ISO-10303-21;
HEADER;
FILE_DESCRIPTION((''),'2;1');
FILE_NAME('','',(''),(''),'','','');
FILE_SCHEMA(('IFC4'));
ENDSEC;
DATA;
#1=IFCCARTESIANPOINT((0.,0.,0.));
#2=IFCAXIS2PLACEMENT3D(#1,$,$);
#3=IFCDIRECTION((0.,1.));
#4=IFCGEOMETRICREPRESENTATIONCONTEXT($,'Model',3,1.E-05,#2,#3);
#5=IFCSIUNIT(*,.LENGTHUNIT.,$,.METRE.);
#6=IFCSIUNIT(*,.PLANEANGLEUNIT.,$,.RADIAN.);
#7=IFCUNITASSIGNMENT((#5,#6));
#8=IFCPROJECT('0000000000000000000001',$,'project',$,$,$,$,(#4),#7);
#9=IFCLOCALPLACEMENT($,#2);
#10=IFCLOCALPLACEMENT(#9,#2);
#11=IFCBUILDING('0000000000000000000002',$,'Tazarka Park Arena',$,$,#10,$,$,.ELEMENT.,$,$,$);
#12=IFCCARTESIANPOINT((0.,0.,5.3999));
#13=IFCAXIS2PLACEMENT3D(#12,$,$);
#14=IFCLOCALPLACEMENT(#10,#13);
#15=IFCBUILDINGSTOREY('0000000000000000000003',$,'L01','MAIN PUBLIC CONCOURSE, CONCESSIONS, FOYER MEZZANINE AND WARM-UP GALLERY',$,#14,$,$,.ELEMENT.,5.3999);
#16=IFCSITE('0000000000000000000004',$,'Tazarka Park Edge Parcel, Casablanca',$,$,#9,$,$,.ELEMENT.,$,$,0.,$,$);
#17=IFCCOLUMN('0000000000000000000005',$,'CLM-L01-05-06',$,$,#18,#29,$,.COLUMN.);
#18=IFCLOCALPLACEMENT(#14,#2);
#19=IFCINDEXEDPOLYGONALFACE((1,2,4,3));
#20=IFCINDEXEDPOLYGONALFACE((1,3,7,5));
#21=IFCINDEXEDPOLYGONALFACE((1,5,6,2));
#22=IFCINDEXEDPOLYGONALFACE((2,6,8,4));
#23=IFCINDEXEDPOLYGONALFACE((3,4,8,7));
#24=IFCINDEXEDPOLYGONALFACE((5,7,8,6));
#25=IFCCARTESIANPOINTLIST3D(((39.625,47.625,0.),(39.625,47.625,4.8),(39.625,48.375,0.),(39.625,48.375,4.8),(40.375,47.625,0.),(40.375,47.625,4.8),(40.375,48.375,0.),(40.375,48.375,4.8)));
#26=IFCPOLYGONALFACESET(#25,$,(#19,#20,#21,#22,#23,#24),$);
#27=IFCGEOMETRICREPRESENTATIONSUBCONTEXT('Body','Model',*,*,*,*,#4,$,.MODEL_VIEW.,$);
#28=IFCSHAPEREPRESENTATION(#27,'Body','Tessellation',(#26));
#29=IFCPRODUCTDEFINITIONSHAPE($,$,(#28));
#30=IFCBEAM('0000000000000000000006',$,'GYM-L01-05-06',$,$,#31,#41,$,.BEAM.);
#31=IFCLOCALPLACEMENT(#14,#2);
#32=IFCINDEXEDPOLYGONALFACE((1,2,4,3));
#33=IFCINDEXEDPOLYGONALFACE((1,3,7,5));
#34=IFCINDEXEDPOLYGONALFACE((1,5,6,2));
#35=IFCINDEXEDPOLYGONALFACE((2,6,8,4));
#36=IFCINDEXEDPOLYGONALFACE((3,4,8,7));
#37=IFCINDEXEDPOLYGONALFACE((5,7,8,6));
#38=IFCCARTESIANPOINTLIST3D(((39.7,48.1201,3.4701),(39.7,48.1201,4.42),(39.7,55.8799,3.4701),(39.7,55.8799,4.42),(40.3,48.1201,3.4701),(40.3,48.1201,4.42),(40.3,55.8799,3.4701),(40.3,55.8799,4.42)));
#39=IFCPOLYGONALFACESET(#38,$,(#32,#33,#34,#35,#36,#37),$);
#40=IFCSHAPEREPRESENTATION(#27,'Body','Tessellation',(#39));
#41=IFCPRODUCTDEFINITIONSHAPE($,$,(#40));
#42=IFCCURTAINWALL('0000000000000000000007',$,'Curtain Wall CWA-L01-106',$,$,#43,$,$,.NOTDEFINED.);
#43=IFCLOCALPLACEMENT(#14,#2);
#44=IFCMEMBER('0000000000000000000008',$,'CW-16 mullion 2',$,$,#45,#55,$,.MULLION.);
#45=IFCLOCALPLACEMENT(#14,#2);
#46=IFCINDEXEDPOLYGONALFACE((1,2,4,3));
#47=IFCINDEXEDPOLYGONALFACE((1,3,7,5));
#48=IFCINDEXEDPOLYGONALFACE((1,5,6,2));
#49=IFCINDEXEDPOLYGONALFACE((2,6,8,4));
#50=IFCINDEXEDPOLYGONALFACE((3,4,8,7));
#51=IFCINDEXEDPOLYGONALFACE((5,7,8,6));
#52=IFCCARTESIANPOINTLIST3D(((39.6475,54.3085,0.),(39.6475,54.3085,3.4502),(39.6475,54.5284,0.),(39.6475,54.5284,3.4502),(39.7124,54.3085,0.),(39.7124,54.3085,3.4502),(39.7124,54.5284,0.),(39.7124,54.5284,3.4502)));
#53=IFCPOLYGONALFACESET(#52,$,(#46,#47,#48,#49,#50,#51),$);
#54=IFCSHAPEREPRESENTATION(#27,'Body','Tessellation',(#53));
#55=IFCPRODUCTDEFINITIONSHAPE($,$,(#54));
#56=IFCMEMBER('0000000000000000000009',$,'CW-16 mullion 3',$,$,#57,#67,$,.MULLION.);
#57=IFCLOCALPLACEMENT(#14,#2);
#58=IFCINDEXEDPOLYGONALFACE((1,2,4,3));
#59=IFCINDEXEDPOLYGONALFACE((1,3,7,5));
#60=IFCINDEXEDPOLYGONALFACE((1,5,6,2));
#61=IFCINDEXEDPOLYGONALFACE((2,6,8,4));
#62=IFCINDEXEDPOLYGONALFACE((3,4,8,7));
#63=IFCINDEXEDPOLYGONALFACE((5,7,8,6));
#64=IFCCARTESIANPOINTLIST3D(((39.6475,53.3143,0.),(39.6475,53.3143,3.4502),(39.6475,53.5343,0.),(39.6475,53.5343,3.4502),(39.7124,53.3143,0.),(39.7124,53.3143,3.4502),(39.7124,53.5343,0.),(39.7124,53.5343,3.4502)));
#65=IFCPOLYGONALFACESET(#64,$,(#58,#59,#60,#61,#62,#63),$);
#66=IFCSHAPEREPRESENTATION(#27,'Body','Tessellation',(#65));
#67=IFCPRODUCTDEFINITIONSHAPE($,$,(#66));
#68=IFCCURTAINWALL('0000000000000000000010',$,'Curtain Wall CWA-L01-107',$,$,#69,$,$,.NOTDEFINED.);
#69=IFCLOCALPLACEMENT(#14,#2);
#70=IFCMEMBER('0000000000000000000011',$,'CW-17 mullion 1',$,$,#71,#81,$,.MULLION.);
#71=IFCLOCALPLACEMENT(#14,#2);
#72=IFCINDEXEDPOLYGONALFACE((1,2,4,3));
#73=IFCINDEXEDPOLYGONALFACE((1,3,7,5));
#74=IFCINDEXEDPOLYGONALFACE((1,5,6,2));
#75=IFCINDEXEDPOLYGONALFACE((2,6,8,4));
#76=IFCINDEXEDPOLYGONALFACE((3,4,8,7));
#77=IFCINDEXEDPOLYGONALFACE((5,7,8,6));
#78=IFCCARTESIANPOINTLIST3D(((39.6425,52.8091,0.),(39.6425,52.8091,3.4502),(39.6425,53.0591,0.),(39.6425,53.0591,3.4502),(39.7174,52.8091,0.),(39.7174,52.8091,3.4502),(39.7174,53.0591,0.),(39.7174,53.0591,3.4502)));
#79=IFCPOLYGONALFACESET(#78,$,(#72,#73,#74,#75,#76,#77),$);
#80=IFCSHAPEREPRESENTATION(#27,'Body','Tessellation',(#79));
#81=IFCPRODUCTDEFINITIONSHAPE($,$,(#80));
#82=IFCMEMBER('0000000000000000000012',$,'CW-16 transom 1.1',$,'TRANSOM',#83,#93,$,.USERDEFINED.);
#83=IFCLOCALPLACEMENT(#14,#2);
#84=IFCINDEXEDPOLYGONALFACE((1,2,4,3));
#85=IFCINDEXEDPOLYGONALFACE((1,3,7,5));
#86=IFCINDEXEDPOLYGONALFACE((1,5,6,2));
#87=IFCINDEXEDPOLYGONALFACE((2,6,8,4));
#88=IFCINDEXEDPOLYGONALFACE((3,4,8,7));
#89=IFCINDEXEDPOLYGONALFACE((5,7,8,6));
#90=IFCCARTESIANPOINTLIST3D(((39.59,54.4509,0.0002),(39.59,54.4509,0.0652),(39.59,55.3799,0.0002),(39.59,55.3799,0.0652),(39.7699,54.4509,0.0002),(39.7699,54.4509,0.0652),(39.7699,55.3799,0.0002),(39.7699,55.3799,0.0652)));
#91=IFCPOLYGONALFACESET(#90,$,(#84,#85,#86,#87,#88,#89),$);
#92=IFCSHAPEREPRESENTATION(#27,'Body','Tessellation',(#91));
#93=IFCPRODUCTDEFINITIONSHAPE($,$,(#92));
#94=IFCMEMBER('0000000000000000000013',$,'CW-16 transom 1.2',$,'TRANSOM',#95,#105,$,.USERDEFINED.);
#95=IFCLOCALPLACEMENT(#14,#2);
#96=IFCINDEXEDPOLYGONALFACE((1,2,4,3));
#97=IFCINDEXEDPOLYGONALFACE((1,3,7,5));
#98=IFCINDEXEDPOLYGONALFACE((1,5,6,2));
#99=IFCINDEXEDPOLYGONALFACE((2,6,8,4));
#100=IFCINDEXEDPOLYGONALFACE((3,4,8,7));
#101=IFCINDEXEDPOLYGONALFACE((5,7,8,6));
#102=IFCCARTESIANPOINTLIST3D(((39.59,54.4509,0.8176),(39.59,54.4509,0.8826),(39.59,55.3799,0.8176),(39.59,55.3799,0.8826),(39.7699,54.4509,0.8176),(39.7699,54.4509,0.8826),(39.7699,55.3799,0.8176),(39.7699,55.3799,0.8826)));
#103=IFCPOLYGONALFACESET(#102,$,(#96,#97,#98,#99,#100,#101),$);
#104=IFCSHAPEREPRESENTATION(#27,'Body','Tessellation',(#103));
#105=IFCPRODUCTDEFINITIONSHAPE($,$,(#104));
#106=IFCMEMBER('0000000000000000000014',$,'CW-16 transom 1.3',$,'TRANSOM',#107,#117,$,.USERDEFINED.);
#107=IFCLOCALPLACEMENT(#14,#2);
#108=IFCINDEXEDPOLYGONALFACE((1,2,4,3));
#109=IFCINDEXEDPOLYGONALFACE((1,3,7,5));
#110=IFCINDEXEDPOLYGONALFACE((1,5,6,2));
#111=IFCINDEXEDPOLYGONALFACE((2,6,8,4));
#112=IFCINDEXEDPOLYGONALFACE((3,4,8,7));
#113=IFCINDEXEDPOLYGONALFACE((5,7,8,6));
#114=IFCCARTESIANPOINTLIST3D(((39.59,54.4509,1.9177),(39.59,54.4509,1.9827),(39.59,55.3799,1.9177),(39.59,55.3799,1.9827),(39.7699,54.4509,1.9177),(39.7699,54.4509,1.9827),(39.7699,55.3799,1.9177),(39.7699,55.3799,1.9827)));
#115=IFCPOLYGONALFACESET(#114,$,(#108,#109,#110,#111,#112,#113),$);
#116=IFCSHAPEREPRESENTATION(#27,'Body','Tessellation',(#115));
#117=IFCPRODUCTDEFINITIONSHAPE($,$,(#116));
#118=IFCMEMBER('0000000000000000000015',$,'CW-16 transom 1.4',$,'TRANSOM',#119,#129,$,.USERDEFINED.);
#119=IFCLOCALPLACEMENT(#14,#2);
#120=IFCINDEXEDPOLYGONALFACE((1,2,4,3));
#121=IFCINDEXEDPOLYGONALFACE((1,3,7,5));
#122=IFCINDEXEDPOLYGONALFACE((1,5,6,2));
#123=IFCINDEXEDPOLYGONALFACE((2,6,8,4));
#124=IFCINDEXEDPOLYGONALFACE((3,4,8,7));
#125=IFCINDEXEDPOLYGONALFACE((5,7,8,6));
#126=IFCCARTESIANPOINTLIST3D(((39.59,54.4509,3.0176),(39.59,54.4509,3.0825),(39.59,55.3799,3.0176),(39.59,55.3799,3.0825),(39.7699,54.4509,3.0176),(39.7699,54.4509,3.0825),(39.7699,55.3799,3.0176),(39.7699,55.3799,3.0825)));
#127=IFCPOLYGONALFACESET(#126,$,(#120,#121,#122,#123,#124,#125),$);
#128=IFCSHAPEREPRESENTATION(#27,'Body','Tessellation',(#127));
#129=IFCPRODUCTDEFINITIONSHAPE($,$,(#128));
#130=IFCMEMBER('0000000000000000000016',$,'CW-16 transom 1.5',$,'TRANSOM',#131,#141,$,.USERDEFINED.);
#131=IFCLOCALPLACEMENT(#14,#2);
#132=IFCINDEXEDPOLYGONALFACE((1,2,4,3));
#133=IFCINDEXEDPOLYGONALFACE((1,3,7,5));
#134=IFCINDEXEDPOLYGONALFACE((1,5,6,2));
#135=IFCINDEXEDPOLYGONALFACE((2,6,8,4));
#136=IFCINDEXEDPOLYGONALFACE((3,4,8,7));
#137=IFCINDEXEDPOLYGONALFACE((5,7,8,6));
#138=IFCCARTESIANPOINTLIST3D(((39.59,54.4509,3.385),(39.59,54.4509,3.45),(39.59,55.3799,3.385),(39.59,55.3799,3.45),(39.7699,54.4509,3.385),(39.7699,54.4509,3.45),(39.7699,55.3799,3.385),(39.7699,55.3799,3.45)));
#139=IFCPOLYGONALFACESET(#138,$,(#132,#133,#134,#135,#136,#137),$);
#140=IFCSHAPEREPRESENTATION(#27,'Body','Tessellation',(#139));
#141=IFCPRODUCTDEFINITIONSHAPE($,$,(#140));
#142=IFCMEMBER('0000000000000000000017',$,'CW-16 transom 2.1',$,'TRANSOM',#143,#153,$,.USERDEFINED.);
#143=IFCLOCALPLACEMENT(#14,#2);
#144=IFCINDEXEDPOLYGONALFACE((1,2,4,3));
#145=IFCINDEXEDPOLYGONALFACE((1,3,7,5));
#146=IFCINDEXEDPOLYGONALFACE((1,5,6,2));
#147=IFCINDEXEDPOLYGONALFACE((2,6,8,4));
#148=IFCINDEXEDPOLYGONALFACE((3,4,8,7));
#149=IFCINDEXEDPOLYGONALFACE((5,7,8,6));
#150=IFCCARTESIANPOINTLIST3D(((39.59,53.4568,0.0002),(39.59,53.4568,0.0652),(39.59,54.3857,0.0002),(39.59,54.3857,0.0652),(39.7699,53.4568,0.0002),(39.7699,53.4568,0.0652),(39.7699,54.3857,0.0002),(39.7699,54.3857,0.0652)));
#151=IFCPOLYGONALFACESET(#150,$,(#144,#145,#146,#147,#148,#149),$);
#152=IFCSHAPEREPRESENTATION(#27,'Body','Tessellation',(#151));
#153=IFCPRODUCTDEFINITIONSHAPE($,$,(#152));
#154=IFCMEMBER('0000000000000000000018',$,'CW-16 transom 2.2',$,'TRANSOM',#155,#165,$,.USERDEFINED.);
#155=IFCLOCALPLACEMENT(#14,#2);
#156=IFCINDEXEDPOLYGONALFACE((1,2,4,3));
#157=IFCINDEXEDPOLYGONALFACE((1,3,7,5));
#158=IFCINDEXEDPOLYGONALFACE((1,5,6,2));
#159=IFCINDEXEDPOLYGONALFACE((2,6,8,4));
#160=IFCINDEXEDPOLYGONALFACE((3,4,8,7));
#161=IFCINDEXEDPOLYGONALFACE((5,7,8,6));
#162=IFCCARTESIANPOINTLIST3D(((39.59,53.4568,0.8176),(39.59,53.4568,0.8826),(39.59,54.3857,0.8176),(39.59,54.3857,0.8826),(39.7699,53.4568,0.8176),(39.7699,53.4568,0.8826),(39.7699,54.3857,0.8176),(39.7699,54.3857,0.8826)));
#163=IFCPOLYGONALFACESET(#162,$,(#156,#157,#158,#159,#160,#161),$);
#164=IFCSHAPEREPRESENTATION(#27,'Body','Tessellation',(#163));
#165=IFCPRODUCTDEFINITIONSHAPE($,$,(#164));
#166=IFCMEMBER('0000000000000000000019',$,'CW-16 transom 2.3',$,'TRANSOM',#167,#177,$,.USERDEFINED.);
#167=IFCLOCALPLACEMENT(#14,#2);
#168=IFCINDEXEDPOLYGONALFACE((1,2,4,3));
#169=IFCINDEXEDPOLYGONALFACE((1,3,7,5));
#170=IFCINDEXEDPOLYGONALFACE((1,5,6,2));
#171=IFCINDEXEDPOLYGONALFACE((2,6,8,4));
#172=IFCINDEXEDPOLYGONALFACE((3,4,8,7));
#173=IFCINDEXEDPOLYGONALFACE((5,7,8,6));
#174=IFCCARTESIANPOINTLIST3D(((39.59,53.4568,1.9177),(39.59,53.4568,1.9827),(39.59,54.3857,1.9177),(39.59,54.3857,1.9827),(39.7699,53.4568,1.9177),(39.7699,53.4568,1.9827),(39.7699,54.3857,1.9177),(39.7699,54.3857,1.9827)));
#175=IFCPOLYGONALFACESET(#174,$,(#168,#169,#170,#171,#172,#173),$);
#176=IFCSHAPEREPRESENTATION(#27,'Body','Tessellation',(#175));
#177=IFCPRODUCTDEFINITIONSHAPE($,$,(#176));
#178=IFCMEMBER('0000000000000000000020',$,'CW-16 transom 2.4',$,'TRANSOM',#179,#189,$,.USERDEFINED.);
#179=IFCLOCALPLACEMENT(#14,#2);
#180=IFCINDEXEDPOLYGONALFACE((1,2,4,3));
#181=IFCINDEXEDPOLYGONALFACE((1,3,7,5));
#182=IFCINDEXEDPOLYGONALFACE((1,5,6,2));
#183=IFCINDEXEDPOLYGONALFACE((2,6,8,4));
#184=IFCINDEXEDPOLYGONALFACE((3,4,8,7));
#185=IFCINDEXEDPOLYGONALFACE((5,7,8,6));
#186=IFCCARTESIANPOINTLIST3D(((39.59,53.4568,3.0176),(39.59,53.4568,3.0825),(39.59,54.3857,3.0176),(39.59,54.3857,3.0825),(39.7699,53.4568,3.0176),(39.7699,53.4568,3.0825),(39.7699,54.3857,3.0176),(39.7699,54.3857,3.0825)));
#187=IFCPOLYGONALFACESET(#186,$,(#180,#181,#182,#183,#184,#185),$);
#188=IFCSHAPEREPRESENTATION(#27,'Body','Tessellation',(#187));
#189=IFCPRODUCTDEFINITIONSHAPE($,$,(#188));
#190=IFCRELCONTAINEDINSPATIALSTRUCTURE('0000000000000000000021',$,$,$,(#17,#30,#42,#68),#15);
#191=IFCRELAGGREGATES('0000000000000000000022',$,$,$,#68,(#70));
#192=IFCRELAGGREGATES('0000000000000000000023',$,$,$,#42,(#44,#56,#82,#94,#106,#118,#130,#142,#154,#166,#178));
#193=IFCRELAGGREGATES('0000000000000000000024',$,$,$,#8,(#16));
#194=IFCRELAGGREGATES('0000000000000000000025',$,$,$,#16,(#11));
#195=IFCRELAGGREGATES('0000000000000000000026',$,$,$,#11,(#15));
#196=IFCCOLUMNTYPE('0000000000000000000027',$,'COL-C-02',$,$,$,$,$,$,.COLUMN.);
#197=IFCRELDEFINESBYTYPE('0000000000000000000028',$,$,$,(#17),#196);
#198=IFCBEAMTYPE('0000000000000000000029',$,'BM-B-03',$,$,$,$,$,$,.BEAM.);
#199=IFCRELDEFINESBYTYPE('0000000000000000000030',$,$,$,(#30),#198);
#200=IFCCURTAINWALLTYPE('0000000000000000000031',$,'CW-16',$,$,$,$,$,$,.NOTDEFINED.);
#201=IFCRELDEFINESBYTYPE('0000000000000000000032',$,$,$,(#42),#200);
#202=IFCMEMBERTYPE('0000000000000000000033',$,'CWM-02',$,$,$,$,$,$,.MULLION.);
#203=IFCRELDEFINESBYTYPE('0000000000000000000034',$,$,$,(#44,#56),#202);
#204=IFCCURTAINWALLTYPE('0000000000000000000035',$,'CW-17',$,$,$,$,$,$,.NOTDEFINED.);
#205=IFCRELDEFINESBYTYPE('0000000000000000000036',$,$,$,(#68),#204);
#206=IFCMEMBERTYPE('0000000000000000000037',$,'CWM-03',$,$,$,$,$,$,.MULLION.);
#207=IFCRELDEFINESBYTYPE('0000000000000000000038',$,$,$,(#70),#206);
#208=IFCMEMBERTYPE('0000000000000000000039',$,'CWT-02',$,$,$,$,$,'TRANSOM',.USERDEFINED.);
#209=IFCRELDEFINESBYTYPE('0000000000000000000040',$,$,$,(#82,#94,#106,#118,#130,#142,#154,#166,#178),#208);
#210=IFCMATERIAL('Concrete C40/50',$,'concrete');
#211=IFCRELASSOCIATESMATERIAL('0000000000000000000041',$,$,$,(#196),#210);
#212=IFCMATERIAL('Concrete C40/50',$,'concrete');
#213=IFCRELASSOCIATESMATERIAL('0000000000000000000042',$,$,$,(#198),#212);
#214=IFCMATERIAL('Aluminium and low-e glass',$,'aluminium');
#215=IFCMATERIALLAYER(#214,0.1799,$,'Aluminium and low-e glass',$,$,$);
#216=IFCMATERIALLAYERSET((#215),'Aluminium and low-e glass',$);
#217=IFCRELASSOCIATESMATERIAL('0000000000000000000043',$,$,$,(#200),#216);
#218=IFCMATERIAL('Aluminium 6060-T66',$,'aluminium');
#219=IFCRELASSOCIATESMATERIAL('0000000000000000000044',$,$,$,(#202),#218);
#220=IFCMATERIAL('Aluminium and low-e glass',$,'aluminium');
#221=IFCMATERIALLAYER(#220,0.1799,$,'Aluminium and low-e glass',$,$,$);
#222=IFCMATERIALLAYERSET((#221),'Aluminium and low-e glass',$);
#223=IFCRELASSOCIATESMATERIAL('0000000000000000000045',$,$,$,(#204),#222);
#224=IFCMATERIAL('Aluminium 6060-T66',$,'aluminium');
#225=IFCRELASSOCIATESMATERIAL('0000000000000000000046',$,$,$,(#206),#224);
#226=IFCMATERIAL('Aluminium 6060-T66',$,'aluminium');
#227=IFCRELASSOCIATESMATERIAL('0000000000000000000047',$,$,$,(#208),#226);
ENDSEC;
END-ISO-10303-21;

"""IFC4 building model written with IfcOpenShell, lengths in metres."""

from ifc_helpers import new_model, si_unit, direction, frame, origin, origin_2d, place, context, subcontext, project, spatial, rectangle, extrude, material, layer, layer_set, material_profile, profile_set, type_object, element, aggregate, save


model = new_model("IFC4")

# Units and contexts
model_context = context("Model", 3, precision=1e-05, world=origin(), true_north=direction((0.0, 1.0)))
body_context = subcontext(model_context, "Body", "Model", "MODEL_VIEW")
ifc_project = project(units=[si_unit("LENGTHUNIT", "METRE"), si_unit("PLANEANGLEUNIT", "RADIAN")], contexts=[model_context])

# Site, building, storey
site_placement = place(None, origin())
site = spatial("IfcSite", under=ifc_project, at=site_placement, Name="Tazarka Park Edge Parcel, Casablanca", CompositionType="ELEMENT", RefElevation=0.0)
building_placement = place(site_placement, origin())
building = spatial("IfcBuilding", under=site, at=building_placement, Name="Tazarka Park Arena", CompositionType="ELEMENT")
storey_placement = place(building_placement, frame((0.0, 0.0, 5.3999)))
storey = spatial("IfcBuildingStorey", under=building, at=storey_placement, Name="L01", Description="MAIN PUBLIC CONCOURSE, CONCESSIONS, FOYER MEZZANINE AND WARM-UP GALLERY", CompositionType="ELEMENT", Elevation=5.3999)

# Column
ifc_material_1 = material(Name="Concrete C40/50", Category="concrete")
ifc_material_profile_1 = material_profile(ifc_material_1, rectangle(XDim=0.75, YDim=0.75, at=origin_2d()), Name="Concrete C40/50")
ifc_profile_set_1 = profile_set([ifc_material_profile_1], Name="Concrete C40/50")
column_type = type_object("IfcColumnType", Name="COL-C-02", PredefinedType="COLUMN", material=ifc_profile_set_1)
column_placement = place(storey_placement, frame((40.0, 48.0, 0.0), z_axis=(0.0, 0.0, 1.0), x_axis=(1.0, 0.0, 0.0)))
element("IfcColumn", 1, at=column_placement, inside=storey, type_object=column_type, Name="CLM-L01-05-06", PredefinedType="COLUMN", context=body_context, shape_type="SweptSolid", body=[
    extrude(rectangle(XDim=0.75, YDim=0.75, at=origin_2d()), origin(), (0.0, 0.0, 1.0), 4.8),
])

# Beam
ifc_material_2 = material(Name="Concrete C40/50", Category="concrete")
ifc_material_profile_2 = material_profile(ifc_material_2, rectangle(XDim=0.6001, YDim=0.95, at=origin_2d()), Name="Concrete C40/50")
ifc_profile_set_2 = profile_set([ifc_material_profile_2], Name="Concrete C40/50")
beam_type = type_object("IfcBeamType", Name="BM-B-03", PredefinedType="BEAM", material=ifc_profile_set_2)
beam_placement = place(storey_placement, frame((40.0, 48.1201, 3.9451), z_axis=(0.0, 1.0, 0.0), x_axis=(-1.0, 0.0, 0.0)))
element("IfcBeam", 2, at=beam_placement, inside=storey, type_object=beam_type, Name="GYM-L01-05-06", PredefinedType="BEAM", context=body_context, shape_type="SweptSolid", body=[
    extrude(rectangle(XDim=0.6001, YDim=0.95, at=origin_2d()), origin(), (0.0, 0.0, 1.0), 7.7598),
])

# Curtain wall, members
ifc_material_3 = material(Name="Aluminium and low-e glass", Category="aluminium")
ifc_layer_1 = layer(ifc_material_3, 0.1799, Name="Aluminium and low-e glass")
ifc_layer_set_1 = layer_set([ifc_layer_1], Name="Aluminium and low-e glass")
curtain_wall_type_1 = type_object("IfcCurtainWallType", Name="CW-16", PredefinedType="NOTDEFINED", material=ifc_layer_set_1)
curtain_wall_1_placement = place(storey_placement, origin())
curtain_wall_1 = element("IfcCurtainWall", 3, at=curtain_wall_1_placement, inside=storey, type_object=curtain_wall_type_1, Name="Curtain Wall CWA-L01-106", PredefinedType="NOTDEFINED")
ifc_material_4 = material(Name="Aluminium 6060-T66", Category="aluminium")
ifc_material_profile_3 = material_profile(ifc_material_4, rectangle(XDim=0.0649, YDim=0.22, at=origin_2d()), Name="Aluminium 6060-T66")
ifc_profile_set_3 = profile_set([ifc_material_profile_3], Name="Aluminium 6060-T66")
member_type_1 = type_object("IfcMemberType", Name="CWM-02", PredefinedType="MULLION", material=ifc_profile_set_3)
member_1_placement = place(storey_placement, frame((39.6799, 54.4185, 0.0), z_axis=(0.0, 0.0, 1.0), x_axis=(1.0, 0.0, 0.0)))
member_1 = element("IfcMember", 4, at=member_1_placement, type_object=member_type_1, Name="CW-16 mullion 2", PredefinedType="MULLION", context=body_context, shape_type="SweptSolid", body=[
    extrude(rectangle(XDim=0.0649, YDim=0.22, at=origin_2d()), origin(), (0.0, 0.0, 1.0), 3.4502),
])
member_2_placement = place(storey_placement, frame((39.6799, 53.4243, 0.0), z_axis=(0.0, 0.0, 1.0), x_axis=(1.0, 0.0, 0.0)))
member_2 = element("IfcMember", 5, at=member_2_placement, type_object=member_type_1, Name="CW-16 mullion 3", PredefinedType="MULLION", context=body_context, shape_type="SweptSolid", body=[
    extrude(rectangle(XDim=0.0649, YDim=0.22, at=origin_2d()), origin(), (0.0, 0.0, 1.0), 3.4502),
])

# Curtain wall, member
ifc_material_5 = material(Name="Aluminium and low-e glass", Category="aluminium")
ifc_layer_2 = layer(ifc_material_5, 0.1799, Name="Aluminium and low-e glass")
ifc_layer_set_2 = layer_set([ifc_layer_2], Name="Aluminium and low-e glass")
curtain_wall_type_2 = type_object("IfcCurtainWallType", Name="CW-17", PredefinedType="NOTDEFINED", material=ifc_layer_set_2)
curtain_wall_2_placement = place(storey_placement, origin())
curtain_wall_2 = element("IfcCurtainWall", 6, at=curtain_wall_2_placement, inside=storey, type_object=curtain_wall_type_2, Name="Curtain Wall CWA-L01-107", PredefinedType="NOTDEFINED")
ifc_material_6 = material(Name="Aluminium 6060-T66", Category="aluminium")
ifc_material_profile_4 = material_profile(ifc_material_6, rectangle(XDim=0.075, YDim=0.25, at=origin_2d()), Name="Aluminium 6060-T66")
ifc_profile_set_4 = profile_set([ifc_material_profile_4], Name="Aluminium 6060-T66")
member_type_2 = type_object("IfcMemberType", Name="CWM-03", PredefinedType="MULLION", material=ifc_profile_set_4)
member_3_placement = place(storey_placement, frame((39.6799, 52.9341, 0.0), z_axis=(0.0, 0.0, 1.0), x_axis=(1.0, 0.0, 0.0)))
member_3 = element("IfcMember", 7, at=member_3_placement, type_object=member_type_2, Name="CW-17 mullion 1", PredefinedType="MULLION", context=body_context, shape_type="SweptSolid", body=[
    extrude(rectangle(XDim=0.075, YDim=0.25, at=origin_2d()), origin(), (0.0, 0.0, 1.0), 3.4502),
])

# Members
ifc_material_7 = material(Name="Aluminium 6060-T66", Category="aluminium")
ifc_material_profile_5 = material_profile(ifc_material_7, rectangle(XDim=0.1799, YDim=0.0649, at=origin_2d()), Name="Aluminium 6060-T66")
ifc_profile_set_5 = profile_set([ifc_material_profile_5], Name="Aluminium 6060-T66")
member_type_3 = type_object("IfcMemberType", Name="CWT-02", ElementType="TRANSOM", PredefinedType="USERDEFINED", material=ifc_profile_set_5)
member_4_placement = place(storey_placement, frame((39.6799, 55.3799, 0.0327), z_axis=(0.0, -1.0, 0.0), x_axis=(1.0, 0.0, 0.0)))
member_4 = element("IfcMember", 8, at=member_4_placement, type_object=member_type_3, Name="CW-16 transom 1.1", ObjectType="TRANSOM", PredefinedType="USERDEFINED", context=body_context, shape_type="SweptSolid", body=[
    extrude(rectangle(XDim=0.1799, YDim=0.0649, at=origin_2d()), origin(), (0.0, 0.0, 1.0), 0.929),
])
member_5_placement = place(storey_placement, frame((39.6799, 55.3799, 0.8501), z_axis=(0.0, -1.0, 0.0), x_axis=(1.0, 0.0, 0.0)))
member_5 = element("IfcMember", 9, at=member_5_placement, type_object=member_type_3, Name="CW-16 transom 1.2", ObjectType="TRANSOM", PredefinedType="USERDEFINED", context=body_context, shape_type="SweptSolid", body=[
    extrude(rectangle(XDim=0.1799, YDim=0.0649, at=origin_2d()), origin(), (0.0, 0.0, 1.0), 0.929),
])
member_6_placement = place(storey_placement, frame((39.6799, 55.3799, 1.9502), z_axis=(0.0, -1.0, 0.0), x_axis=(1.0, 0.0, 0.0)))
member_6 = element("IfcMember", 10, at=member_6_placement, type_object=member_type_3, Name="CW-16 transom 1.3", ObjectType="TRANSOM", PredefinedType="USERDEFINED", context=body_context, shape_type="SweptSolid", body=[
    extrude(rectangle(XDim=0.1799, YDim=0.0649, at=origin_2d()), origin(), (0.0, 0.0, 1.0), 0.929),
])
member_7_placement = place(storey_placement, frame((39.6799, 55.3799, 3.05), z_axis=(0.0, -1.0, 0.0), x_axis=(1.0, 0.0, 0.0)))
member_7 = element("IfcMember", 11, at=member_7_placement, type_object=member_type_3, Name="CW-16 transom 1.4", ObjectType="TRANSOM", PredefinedType="USERDEFINED", context=body_context, shape_type="SweptSolid", body=[
    extrude(rectangle(XDim=0.1799, YDim=0.0649, at=origin_2d()), origin(), (0.0, 0.0, 1.0), 0.929),
])
member_8_placement = place(storey_placement, frame((39.6799, 55.3799, 3.4175), z_axis=(0.0, -1.0, 0.0), x_axis=(1.0, 0.0, 0.0)))
member_8 = element("IfcMember", 12, at=member_8_placement, type_object=member_type_3, Name="CW-16 transom 1.5", ObjectType="TRANSOM", PredefinedType="USERDEFINED", context=body_context, shape_type="SweptSolid", body=[
    extrude(rectangle(XDim=0.1799, YDim=0.0649, at=origin_2d()), origin(), (0.0, 0.0, 1.0), 0.929),
])
member_9_placement = place(storey_placement, frame((39.6799, 54.3857, 0.0327), z_axis=(0.0, -1.0, 0.0), x_axis=(1.0, 0.0, 0.0)))
member_9 = element("IfcMember", 13, at=member_9_placement, type_object=member_type_3, Name="CW-16 transom 2.1", ObjectType="TRANSOM", PredefinedType="USERDEFINED", context=body_context, shape_type="SweptSolid", body=[
    extrude(rectangle(XDim=0.1799, YDim=0.0649, at=origin_2d()), origin(), (0.0, 0.0, 1.0), 0.929),
])
member_10_placement = place(storey_placement, frame((39.6799, 54.3857, 0.8501), z_axis=(0.0, -1.0, 0.0), x_axis=(1.0, 0.0, 0.0)))
member_10 = element("IfcMember", 14, at=member_10_placement, type_object=member_type_3, Name="CW-16 transom 2.2", ObjectType="TRANSOM", PredefinedType="USERDEFINED", context=body_context, shape_type="SweptSolid", body=[
    extrude(rectangle(XDim=0.1799, YDim=0.0649, at=origin_2d()), origin(), (0.0, 0.0, 1.0), 0.929),
])
member_11_placement = place(storey_placement, frame((39.6799, 54.3857, 1.9502), z_axis=(0.0, -1.0, 0.0), x_axis=(1.0, 0.0, 0.0)))
member_11 = element("IfcMember", 15, at=member_11_placement, type_object=member_type_3, Name="CW-16 transom 2.3", ObjectType="TRANSOM", PredefinedType="USERDEFINED", context=body_context, shape_type="SweptSolid", body=[
    extrude(rectangle(XDim=0.1799, YDim=0.0649, at=origin_2d()), origin(), (0.0, 0.0, 1.0), 0.929),
])
member_12_placement = place(storey_placement, frame((39.6799, 54.3857, 3.05), z_axis=(0.0, -1.0, 0.0), x_axis=(1.0, 0.0, 0.0)))
member_12 = element("IfcMember", 16, at=member_12_placement, type_object=member_type_3, Name="CW-16 transom 2.4", ObjectType="TRANSOM", PredefinedType="USERDEFINED", context=body_context, shape_type="SweptSolid", body=[
    extrude(rectangle(XDim=0.1799, YDim=0.0649, at=origin_2d()), origin(), (0.0, 0.0, 1.0), 0.929),
])
aggregate(curtain_wall_2, [member_3])

aggregate(curtain_wall_1, [member_1, member_2, member_4, member_5, member_6, member_7, member_8, member_9, member_10, member_11, member_12])

save(model, "model.ifc")
